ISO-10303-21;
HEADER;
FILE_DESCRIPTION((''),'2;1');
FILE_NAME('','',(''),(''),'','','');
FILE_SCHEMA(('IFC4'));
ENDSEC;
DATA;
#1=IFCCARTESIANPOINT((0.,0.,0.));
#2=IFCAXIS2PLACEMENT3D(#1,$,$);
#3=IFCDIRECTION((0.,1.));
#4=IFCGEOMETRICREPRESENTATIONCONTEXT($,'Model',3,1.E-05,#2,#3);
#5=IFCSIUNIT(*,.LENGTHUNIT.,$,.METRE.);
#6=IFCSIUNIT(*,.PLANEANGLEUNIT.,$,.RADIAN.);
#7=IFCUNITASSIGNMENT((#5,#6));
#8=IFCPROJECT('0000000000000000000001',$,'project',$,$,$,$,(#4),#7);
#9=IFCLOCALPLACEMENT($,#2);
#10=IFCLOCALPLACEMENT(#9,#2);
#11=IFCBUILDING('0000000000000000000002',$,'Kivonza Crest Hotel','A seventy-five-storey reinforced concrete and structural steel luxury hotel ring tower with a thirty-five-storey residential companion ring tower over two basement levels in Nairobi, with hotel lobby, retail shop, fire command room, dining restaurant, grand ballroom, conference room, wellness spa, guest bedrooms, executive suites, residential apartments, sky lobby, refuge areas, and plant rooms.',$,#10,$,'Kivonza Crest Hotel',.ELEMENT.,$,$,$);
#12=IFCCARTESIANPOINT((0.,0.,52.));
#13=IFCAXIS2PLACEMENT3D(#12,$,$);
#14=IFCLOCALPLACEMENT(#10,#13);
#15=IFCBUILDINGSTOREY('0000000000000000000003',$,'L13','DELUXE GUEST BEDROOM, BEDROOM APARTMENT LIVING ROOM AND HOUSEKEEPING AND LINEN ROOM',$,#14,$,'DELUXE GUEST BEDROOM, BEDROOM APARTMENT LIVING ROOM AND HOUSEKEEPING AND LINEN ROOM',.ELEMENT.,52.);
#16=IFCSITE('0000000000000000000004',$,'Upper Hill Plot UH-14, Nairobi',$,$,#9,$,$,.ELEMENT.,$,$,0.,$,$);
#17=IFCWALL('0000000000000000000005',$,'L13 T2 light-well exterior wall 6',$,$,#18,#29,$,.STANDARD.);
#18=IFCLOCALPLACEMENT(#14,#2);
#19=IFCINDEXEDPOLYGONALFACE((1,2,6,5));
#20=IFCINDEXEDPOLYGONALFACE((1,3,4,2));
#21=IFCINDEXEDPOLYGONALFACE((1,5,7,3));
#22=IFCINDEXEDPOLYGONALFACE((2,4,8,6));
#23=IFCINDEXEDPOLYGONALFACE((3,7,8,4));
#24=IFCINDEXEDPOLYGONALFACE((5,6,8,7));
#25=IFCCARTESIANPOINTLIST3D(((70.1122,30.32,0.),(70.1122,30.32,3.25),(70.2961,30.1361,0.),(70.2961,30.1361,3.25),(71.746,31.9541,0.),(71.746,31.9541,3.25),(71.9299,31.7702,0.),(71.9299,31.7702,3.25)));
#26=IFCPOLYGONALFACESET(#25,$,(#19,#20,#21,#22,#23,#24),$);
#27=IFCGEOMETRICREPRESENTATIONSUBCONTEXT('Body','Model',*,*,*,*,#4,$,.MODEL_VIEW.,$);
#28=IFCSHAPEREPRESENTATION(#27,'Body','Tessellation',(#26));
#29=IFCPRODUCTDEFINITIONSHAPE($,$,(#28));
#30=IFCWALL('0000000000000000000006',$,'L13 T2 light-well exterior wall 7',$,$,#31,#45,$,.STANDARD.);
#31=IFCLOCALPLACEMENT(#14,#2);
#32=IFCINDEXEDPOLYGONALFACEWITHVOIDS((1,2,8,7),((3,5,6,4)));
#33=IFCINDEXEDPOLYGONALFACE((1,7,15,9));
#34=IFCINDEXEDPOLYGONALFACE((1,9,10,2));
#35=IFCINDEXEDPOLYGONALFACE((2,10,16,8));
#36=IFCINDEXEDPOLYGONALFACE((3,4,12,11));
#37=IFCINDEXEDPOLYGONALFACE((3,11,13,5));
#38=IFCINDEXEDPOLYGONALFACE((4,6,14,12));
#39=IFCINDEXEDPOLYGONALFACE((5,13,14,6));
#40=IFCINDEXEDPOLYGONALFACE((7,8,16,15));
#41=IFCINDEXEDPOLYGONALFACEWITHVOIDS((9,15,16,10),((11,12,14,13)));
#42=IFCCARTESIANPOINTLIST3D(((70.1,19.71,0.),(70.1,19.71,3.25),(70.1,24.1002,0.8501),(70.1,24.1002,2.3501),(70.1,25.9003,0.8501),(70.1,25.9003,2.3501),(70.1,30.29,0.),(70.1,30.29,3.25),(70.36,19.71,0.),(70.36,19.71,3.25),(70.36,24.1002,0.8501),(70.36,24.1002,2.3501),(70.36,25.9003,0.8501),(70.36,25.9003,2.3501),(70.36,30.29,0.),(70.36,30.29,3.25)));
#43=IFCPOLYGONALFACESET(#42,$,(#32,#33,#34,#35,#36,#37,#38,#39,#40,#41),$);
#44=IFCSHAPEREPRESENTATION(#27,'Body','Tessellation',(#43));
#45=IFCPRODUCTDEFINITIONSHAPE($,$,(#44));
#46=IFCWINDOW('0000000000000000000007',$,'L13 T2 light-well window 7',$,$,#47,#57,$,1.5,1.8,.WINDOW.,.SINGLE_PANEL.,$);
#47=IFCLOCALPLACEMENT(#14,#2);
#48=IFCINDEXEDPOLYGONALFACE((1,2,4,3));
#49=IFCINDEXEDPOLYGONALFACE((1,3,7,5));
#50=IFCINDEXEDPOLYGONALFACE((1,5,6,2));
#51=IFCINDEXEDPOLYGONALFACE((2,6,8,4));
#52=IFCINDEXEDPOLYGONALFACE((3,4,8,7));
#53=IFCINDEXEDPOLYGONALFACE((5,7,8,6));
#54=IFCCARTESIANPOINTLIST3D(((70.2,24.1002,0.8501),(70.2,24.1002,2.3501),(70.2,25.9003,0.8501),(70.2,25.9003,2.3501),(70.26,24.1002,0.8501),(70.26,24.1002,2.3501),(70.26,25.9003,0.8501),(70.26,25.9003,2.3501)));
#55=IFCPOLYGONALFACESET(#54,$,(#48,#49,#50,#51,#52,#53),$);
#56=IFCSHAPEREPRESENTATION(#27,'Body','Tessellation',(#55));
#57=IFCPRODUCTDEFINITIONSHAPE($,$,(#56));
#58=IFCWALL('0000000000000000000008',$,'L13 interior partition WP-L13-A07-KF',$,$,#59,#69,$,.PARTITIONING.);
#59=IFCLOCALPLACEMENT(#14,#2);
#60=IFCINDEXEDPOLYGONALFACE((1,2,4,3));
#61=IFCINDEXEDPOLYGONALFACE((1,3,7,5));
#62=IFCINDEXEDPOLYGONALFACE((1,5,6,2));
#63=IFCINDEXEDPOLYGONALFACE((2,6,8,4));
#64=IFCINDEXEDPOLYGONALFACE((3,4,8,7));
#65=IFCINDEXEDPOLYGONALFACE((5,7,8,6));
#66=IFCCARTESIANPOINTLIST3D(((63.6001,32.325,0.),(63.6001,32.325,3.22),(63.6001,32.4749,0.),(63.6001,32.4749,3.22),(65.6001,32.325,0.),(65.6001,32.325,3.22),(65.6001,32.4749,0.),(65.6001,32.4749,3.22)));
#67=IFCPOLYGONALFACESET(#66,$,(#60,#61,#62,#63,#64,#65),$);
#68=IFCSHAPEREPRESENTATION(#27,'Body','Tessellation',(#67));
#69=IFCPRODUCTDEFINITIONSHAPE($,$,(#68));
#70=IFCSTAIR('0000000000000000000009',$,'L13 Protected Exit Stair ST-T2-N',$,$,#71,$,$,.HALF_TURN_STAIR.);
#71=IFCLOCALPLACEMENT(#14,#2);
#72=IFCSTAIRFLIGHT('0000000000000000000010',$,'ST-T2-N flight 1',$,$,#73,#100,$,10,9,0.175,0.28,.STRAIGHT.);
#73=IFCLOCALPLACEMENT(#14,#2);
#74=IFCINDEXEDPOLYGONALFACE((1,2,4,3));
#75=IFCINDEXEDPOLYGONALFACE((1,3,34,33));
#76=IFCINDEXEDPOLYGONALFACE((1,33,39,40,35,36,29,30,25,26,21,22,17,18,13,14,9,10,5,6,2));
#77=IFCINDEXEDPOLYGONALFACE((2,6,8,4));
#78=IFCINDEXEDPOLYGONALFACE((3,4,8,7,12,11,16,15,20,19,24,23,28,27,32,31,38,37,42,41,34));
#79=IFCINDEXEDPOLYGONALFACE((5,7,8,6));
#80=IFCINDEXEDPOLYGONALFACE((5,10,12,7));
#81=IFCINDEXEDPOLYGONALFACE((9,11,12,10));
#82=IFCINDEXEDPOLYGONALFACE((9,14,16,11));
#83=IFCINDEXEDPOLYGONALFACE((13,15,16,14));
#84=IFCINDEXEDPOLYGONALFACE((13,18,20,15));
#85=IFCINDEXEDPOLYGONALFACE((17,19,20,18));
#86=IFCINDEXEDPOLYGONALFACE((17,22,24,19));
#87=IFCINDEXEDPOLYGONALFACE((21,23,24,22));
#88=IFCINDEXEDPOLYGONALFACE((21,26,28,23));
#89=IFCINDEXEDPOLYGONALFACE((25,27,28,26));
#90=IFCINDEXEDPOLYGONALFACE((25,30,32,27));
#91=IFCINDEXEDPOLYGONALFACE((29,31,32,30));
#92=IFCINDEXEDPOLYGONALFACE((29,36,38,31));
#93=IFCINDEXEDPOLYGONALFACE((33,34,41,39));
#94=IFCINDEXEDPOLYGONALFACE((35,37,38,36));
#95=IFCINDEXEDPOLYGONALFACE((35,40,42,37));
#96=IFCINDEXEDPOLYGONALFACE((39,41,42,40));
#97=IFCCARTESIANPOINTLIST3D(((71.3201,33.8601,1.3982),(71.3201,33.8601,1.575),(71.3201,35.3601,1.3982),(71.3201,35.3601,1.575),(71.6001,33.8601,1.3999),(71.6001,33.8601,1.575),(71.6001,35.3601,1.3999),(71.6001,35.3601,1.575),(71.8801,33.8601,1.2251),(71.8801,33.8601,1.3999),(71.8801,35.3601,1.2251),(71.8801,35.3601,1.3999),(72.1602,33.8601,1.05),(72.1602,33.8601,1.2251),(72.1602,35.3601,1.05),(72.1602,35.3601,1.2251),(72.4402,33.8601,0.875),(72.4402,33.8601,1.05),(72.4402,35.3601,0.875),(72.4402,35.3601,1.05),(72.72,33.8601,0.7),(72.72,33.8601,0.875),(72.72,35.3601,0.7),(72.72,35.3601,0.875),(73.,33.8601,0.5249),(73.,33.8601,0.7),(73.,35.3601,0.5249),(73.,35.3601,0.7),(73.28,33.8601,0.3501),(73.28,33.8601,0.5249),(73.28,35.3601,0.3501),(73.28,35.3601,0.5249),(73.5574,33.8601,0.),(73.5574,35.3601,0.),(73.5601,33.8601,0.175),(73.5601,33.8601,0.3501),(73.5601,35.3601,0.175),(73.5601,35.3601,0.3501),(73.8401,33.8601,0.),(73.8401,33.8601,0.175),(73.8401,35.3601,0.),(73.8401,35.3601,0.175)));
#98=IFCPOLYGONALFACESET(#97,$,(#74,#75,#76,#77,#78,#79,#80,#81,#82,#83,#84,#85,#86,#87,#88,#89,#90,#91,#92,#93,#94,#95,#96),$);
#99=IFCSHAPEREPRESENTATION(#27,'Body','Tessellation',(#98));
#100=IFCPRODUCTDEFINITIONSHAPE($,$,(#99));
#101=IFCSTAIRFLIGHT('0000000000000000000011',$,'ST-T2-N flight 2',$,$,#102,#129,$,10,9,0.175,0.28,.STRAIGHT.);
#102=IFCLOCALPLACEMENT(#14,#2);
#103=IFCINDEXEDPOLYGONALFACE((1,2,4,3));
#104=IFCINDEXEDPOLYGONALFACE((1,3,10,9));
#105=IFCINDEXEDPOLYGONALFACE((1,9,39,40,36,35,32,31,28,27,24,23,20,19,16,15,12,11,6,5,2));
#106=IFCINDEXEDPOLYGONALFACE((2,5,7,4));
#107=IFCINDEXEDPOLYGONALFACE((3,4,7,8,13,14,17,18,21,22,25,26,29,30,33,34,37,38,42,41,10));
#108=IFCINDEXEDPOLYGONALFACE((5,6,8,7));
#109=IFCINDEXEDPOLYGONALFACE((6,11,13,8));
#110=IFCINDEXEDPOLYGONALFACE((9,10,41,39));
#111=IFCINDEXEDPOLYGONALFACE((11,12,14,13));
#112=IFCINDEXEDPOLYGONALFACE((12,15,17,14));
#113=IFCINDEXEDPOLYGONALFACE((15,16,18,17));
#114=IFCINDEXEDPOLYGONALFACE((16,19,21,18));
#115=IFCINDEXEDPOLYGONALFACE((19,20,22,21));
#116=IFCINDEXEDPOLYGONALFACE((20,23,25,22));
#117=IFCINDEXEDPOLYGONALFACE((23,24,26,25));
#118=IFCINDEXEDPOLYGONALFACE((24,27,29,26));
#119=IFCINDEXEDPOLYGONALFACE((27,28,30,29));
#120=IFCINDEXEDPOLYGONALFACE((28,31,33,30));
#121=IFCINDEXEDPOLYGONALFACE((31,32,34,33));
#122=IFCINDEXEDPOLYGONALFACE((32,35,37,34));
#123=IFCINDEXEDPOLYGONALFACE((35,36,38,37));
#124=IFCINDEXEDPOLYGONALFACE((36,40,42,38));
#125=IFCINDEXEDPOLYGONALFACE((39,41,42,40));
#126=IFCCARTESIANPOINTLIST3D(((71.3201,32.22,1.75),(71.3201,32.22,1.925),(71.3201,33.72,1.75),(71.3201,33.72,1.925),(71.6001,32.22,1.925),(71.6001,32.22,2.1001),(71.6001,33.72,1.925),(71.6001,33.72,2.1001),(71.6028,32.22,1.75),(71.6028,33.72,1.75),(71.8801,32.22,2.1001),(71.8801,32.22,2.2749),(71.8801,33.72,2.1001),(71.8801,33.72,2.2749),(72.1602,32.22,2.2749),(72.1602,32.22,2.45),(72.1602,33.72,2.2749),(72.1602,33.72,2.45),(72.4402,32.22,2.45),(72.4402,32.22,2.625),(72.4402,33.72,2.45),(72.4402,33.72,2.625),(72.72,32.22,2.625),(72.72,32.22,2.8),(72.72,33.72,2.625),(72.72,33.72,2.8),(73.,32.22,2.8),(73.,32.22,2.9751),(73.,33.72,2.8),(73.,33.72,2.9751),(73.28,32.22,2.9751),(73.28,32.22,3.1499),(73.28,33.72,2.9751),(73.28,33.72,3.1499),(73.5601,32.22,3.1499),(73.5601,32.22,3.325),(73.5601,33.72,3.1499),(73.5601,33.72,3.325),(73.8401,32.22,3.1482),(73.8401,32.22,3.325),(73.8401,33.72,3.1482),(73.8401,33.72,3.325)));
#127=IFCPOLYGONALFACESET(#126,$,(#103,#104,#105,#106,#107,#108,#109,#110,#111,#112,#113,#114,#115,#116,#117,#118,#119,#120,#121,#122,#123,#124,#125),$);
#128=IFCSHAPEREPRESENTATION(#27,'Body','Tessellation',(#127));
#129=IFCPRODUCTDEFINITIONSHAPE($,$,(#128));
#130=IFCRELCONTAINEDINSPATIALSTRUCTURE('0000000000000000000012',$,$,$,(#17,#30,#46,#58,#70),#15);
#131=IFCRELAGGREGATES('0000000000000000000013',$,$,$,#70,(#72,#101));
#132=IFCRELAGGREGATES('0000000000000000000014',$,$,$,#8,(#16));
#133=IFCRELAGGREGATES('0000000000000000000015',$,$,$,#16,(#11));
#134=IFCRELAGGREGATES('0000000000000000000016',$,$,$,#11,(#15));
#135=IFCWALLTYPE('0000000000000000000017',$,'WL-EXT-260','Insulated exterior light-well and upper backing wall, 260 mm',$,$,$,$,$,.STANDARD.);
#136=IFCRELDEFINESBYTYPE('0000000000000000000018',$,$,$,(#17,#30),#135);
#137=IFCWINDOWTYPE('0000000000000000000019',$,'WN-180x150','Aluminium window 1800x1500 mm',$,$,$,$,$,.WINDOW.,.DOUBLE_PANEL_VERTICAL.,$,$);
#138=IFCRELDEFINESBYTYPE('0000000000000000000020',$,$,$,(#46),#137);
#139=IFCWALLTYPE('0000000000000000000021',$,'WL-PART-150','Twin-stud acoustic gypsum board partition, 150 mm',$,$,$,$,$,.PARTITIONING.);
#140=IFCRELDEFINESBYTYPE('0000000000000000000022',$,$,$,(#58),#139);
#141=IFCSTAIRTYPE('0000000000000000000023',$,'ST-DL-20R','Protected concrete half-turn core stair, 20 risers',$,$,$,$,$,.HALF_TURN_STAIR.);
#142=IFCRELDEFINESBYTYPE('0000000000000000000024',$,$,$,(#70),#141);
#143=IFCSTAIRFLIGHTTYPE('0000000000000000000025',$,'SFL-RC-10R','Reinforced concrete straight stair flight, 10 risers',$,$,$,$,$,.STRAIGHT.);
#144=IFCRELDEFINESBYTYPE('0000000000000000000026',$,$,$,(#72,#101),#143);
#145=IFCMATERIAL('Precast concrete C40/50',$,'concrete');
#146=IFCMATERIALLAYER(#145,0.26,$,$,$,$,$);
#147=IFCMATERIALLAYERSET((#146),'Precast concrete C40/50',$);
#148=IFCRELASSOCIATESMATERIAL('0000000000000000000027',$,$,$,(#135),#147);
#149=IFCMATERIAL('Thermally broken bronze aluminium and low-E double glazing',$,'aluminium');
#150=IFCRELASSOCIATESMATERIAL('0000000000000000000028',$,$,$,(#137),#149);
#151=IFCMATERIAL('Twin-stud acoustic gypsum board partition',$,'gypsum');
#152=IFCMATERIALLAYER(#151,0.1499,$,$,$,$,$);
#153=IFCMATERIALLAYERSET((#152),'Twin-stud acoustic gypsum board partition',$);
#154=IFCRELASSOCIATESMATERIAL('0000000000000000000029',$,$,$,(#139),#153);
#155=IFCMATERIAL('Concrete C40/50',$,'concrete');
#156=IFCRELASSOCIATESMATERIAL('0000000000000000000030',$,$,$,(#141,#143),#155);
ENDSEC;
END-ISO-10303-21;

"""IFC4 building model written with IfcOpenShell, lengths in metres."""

from ifc_helpers import new_model, si_unit, direction, frame, frame_2d, origin, place, context, subcontext, project, spatial, polyline, rectangle, outline, extrude, material, layer, layer_set, type_object, element, fill, aggregate, save


model = new_model("IFC4")

# Units and contexts
model_context = context("Model", 3, precision=1e-05, world=origin(), true_north=direction((0.0, 1.0)))
body_context = subcontext(model_context, "Body", "Model", "MODEL_VIEW")
ifc_project = project(units=[si_unit("LENGTHUNIT", "METRE"), si_unit("PLANEANGLEUNIT", "RADIAN")], contexts=[model_context])

# Site, building, storey
site_placement = place(None, origin())
site = spatial("IfcSite", under=ifc_project, at=site_placement, Name="Upper Hill Plot UH-14, Nairobi", CompositionType="ELEMENT", RefElevation=0.0)
building_placement = place(site_placement, origin())
building = spatial("IfcBuilding", under=site, at=building_placement, Name="Kivonza Crest Hotel", Description="A seventy-five-storey reinforced concrete and structural steel luxury hotel ring tower with a thirty-five-storey residential companion ring tower over two basement levels in Nairobi, with hotel lobby, retail shop, fire command room, dining restaurant, grand ballroom, conference room, wellness spa, guest bedrooms, executive suites, residential apartments, sky lobby, refuge areas, and plant rooms.", LongName="Kivonza Crest Hotel", CompositionType="ELEMENT")
storey_placement = place(building_placement, frame((0.0, 0.0, 52.0)))
storey = spatial("IfcBuildingStorey", under=building, at=storey_placement, Name="L13", Description="DELUXE GUEST BEDROOM, BEDROOM APARTMENT LIVING ROOM AND HOUSEKEEPING AND LINEN ROOM", LongName="DELUXE GUEST BEDROOM, BEDROOM APARTMENT LIVING ROOM AND HOUSEKEEPING AND LINEN ROOM", CompositionType="ELEMENT", Elevation=52.0)

# Wall
ifc_material_1 = material(Name="Precast concrete C40/50", Category="concrete")
ifc_layer_1 = layer(ifc_material_1, 0.26)
ifc_layer_set_1 = layer_set([ifc_layer_1], Name="Precast concrete C40/50")
wall_type_1 = type_object("IfcWallType", Name="WL-EXT-260", Description="Insulated exterior light-well and upper backing wall, 260 mm", PredefinedType="STANDARD", material=ifc_layer_set_1)
wall_1_placement = place(storey_placement, frame((71.8379, 31.8621, 0.0), z_axis=(0.0, 0.0, 1.0), x_axis=(-0.707054, -0.70716, 0.0)))
element("IfcWall", 1, at=wall_1_placement, inside=storey, type_object=wall_type_1, Name="L13 T2 light-well exterior wall 6", PredefinedType="STANDARD", context=body_context, shape_type="SweptSolid", body=[
    extrude(rectangle(XDim=2.3108, YDim=0.26, at=frame_2d((1.1553, 0.0))), origin(), (0.0, 0.0, 1.0), 3.25),
])

# Wall, opening, window
wall_2_placement = place(storey_placement, frame((70.23, 30.29, 0.0), z_axis=(0.0, 0.0, 1.0), x_axis=(0.0, -1.0, 0.0)))
wall_2 = element("IfcWall", 2, at=wall_2_placement, inside=storey, type_object=wall_type_1, Name="L13 T2 light-well exterior wall 7", PredefinedType="STANDARD", context=body_context, shape_type="SweptSolid", body=[
    extrude(rectangle(XDim=10.5801, YDim=0.26, at=frame_2d((5.29, 0.0))), origin(), (0.0, 0.0, 1.0), 3.25),
])
opening_1_placement = place(wall_2_placement, frame((4.3899, 0.0, 0.8501)))
opening_1 = element("IfcOpeningElement", 3, at=opening_1_placement, cuts=wall_2, PredefinedType="OPENING", context=body_context, shape_type="SweptSolid", body=[
    extrude(rectangle(XDim=1.8, YDim=1.5, at=frame_2d((0.8999, 0.75))), frame((0.0, 0.1401, 0.0), z_axis=(0.0, -1.0, 0.0), x_axis=(1.0, 0.0, 0.0)), (0.0, 0.0, 1.0), 0.28),
])
ifc_material_2 = material(Name="Thermally broken bronze aluminium and low-E double glazing", Category="aluminium")
window_type = type_object("IfcWindowType", Name="WN-180x150", Description="Aluminium window 1800x1500 mm", PartitioningType="DOUBLE_PANEL_VERTICAL", PredefinedType="WINDOW", material=ifc_material_2)
window_placement = place(opening_1_placement, origin())
window = element("IfcWindow", 4, at=window_placement, inside=storey, type_object=window_type, Name="L13 T2 light-well window 7", OverallHeight=1.5, OverallWidth=1.8, PartitioningType="SINGLE_PANEL", PredefinedType="WINDOW", context=body_context, shape_type="SweptSolid", body=[
    extrude(rectangle(XDim=1.8, YDim=1.5, at=frame_2d((0.8999, 0.75))), frame((0.0, 0.03, 0.0), z_axis=(0.0, -1.0, 0.0), x_axis=(1.0, 0.0, 0.0)), (0.0, 0.0, 1.0), 0.0601),
])
fill(opening_1, window)

# Wall
ifc_material_3 = material(Name="Twin-stud acoustic gypsum board partition", Category="gypsum")
ifc_layer_2 = layer(ifc_material_3, 0.1499)
ifc_layer_set_2 = layer_set([ifc_layer_2], Name="Twin-stud acoustic gypsum board partition")
wall_type_2 = type_object("IfcWallType", Name="WL-PART-150", Description="Twin-stud acoustic gypsum board partition, 150 mm", PredefinedType="PARTITIONING", material=ifc_layer_set_2)
wall_3_placement = place(storey_placement, frame((63.6001, 32.3999, 0.0), z_axis=(0.0, 0.0, 1.0), x_axis=(1.0, 0.0, 0.0)))
element("IfcWall", 5, at=wall_3_placement, inside=storey, type_object=wall_type_2, Name="L13 interior partition WP-L13-A07-KF", PredefinedType="PARTITIONING", context=body_context, shape_type="SweptSolid", body=[
    extrude(rectangle(XDim=2.0, YDim=0.1499, at=frame_2d((1.0, 0.0))), origin(), (0.0, 0.0, 1.0), 3.22),
])

# Stair, stair flights
ifc_material_4 = material(Name="Concrete C40/50", Category="concrete")
stair_type = type_object("IfcStairType", Name="ST-DL-20R", Description="Protected concrete half-turn core stair, 20 risers", PredefinedType="HALF_TURN_STAIR", material=ifc_material_4)
stair_placement = place(storey_placement, origin())
stair = element("IfcStair", 6, at=stair_placement, inside=storey, type_object=stair_type, Name="L13 Protected Exit Stair ST-T2-N", PredefinedType="HALF_TURN_STAIR")
stair_flight_type = type_object("IfcStairFlightType", Name="SFL-RC-10R", Description="Reinforced concrete straight stair flight, 10 risers", PredefinedType="STRAIGHT", material=ifc_material_4)
stair_flight_1_placement = place(storey_placement, frame((73.8401, 34.6101, 0.0), z_axis=(0.0, 0.0, 1.0), x_axis=(-1.0, 0.0, 0.0)))
stair_flight_1 = element("IfcStairFlight", 7, at=stair_flight_1_placement, type_object=stair_flight_type, Name="ST-T2-N flight 1", NumberOfRisers=10, NumberOfTreads=9, PredefinedType="STRAIGHT", RiserHeight=0.175, TreadLength=0.28, context=body_context, shape_type="SweptSolid", body=[
    extrude(outline(polyline([(0.0, 0.0), (0.0, 0.175), (0.28, 0.175), (0.28, 0.3501), (0.5601, 0.3501), (0.5601, 0.5249), (0.8401, 0.5249), (0.8401, 0.7), (1.1201, 0.7), (1.1201, 0.875), (1.3999, 0.875), (1.3999, 1.05), (1.6799, 1.05), (1.6799, 1.2251), (1.96, 1.2251), (1.96, 1.3999), (2.24, 1.3999), (2.24, 1.575), (2.52, 1.575), (2.52, 1.75), (2.52, 1.3982), (0.2827, 0.0), (0.0, 0.0)])), frame((0.0, 0.75, 0.0), z_axis=(0.0, -1.0, 0.0), x_axis=(1.0, 0.0, 0.0)), (0.0, 0.0, 1.0), 1.5),
])
stair_flight_2_placement = place(storey_placement, frame((71.3201, 32.97, 1.75), z_axis=(0.0, 0.0, 1.0), x_axis=(1.0, 0.0, 0.0)))
stair_flight_2 = element("IfcStairFlight", 8, at=stair_flight_2_placement, type_object=stair_flight_type, Name="ST-T2-N flight 2", NumberOfRisers=10, NumberOfTreads=9, PredefinedType="STRAIGHT", RiserHeight=0.175, TreadLength=0.28, context=body_context, shape_type="SweptSolid", body=[
    extrude(outline(polyline([(0.0, 0.0), (0.0, 0.175), (0.28, 0.175), (0.28, 0.3501), (0.5601, 0.3501), (0.5601, 0.5249), (0.8401, 0.5249), (0.8401, 0.7), (1.1201, 0.7), (1.1201, 0.875), (1.3999, 0.875), (1.3999, 1.05), (1.6799, 1.05), (1.6799, 1.2251), (1.96, 1.2251), (1.96, 1.3999), (2.24, 1.3999), (2.24, 1.575), (2.52, 1.575), (2.52, 1.75), (2.52, 1.3982), (0.2827, 0.0), (0.0, 0.0)])), frame((0.0, 0.75, 0.0), z_axis=(0.0, -1.0, 0.0), x_axis=(1.0, 0.0, 0.0)), (0.0, 0.0, 1.0), 1.5),
])
aggregate(stair, [stair_flight_1, stair_flight_2])

save(model, "model.ifc")
